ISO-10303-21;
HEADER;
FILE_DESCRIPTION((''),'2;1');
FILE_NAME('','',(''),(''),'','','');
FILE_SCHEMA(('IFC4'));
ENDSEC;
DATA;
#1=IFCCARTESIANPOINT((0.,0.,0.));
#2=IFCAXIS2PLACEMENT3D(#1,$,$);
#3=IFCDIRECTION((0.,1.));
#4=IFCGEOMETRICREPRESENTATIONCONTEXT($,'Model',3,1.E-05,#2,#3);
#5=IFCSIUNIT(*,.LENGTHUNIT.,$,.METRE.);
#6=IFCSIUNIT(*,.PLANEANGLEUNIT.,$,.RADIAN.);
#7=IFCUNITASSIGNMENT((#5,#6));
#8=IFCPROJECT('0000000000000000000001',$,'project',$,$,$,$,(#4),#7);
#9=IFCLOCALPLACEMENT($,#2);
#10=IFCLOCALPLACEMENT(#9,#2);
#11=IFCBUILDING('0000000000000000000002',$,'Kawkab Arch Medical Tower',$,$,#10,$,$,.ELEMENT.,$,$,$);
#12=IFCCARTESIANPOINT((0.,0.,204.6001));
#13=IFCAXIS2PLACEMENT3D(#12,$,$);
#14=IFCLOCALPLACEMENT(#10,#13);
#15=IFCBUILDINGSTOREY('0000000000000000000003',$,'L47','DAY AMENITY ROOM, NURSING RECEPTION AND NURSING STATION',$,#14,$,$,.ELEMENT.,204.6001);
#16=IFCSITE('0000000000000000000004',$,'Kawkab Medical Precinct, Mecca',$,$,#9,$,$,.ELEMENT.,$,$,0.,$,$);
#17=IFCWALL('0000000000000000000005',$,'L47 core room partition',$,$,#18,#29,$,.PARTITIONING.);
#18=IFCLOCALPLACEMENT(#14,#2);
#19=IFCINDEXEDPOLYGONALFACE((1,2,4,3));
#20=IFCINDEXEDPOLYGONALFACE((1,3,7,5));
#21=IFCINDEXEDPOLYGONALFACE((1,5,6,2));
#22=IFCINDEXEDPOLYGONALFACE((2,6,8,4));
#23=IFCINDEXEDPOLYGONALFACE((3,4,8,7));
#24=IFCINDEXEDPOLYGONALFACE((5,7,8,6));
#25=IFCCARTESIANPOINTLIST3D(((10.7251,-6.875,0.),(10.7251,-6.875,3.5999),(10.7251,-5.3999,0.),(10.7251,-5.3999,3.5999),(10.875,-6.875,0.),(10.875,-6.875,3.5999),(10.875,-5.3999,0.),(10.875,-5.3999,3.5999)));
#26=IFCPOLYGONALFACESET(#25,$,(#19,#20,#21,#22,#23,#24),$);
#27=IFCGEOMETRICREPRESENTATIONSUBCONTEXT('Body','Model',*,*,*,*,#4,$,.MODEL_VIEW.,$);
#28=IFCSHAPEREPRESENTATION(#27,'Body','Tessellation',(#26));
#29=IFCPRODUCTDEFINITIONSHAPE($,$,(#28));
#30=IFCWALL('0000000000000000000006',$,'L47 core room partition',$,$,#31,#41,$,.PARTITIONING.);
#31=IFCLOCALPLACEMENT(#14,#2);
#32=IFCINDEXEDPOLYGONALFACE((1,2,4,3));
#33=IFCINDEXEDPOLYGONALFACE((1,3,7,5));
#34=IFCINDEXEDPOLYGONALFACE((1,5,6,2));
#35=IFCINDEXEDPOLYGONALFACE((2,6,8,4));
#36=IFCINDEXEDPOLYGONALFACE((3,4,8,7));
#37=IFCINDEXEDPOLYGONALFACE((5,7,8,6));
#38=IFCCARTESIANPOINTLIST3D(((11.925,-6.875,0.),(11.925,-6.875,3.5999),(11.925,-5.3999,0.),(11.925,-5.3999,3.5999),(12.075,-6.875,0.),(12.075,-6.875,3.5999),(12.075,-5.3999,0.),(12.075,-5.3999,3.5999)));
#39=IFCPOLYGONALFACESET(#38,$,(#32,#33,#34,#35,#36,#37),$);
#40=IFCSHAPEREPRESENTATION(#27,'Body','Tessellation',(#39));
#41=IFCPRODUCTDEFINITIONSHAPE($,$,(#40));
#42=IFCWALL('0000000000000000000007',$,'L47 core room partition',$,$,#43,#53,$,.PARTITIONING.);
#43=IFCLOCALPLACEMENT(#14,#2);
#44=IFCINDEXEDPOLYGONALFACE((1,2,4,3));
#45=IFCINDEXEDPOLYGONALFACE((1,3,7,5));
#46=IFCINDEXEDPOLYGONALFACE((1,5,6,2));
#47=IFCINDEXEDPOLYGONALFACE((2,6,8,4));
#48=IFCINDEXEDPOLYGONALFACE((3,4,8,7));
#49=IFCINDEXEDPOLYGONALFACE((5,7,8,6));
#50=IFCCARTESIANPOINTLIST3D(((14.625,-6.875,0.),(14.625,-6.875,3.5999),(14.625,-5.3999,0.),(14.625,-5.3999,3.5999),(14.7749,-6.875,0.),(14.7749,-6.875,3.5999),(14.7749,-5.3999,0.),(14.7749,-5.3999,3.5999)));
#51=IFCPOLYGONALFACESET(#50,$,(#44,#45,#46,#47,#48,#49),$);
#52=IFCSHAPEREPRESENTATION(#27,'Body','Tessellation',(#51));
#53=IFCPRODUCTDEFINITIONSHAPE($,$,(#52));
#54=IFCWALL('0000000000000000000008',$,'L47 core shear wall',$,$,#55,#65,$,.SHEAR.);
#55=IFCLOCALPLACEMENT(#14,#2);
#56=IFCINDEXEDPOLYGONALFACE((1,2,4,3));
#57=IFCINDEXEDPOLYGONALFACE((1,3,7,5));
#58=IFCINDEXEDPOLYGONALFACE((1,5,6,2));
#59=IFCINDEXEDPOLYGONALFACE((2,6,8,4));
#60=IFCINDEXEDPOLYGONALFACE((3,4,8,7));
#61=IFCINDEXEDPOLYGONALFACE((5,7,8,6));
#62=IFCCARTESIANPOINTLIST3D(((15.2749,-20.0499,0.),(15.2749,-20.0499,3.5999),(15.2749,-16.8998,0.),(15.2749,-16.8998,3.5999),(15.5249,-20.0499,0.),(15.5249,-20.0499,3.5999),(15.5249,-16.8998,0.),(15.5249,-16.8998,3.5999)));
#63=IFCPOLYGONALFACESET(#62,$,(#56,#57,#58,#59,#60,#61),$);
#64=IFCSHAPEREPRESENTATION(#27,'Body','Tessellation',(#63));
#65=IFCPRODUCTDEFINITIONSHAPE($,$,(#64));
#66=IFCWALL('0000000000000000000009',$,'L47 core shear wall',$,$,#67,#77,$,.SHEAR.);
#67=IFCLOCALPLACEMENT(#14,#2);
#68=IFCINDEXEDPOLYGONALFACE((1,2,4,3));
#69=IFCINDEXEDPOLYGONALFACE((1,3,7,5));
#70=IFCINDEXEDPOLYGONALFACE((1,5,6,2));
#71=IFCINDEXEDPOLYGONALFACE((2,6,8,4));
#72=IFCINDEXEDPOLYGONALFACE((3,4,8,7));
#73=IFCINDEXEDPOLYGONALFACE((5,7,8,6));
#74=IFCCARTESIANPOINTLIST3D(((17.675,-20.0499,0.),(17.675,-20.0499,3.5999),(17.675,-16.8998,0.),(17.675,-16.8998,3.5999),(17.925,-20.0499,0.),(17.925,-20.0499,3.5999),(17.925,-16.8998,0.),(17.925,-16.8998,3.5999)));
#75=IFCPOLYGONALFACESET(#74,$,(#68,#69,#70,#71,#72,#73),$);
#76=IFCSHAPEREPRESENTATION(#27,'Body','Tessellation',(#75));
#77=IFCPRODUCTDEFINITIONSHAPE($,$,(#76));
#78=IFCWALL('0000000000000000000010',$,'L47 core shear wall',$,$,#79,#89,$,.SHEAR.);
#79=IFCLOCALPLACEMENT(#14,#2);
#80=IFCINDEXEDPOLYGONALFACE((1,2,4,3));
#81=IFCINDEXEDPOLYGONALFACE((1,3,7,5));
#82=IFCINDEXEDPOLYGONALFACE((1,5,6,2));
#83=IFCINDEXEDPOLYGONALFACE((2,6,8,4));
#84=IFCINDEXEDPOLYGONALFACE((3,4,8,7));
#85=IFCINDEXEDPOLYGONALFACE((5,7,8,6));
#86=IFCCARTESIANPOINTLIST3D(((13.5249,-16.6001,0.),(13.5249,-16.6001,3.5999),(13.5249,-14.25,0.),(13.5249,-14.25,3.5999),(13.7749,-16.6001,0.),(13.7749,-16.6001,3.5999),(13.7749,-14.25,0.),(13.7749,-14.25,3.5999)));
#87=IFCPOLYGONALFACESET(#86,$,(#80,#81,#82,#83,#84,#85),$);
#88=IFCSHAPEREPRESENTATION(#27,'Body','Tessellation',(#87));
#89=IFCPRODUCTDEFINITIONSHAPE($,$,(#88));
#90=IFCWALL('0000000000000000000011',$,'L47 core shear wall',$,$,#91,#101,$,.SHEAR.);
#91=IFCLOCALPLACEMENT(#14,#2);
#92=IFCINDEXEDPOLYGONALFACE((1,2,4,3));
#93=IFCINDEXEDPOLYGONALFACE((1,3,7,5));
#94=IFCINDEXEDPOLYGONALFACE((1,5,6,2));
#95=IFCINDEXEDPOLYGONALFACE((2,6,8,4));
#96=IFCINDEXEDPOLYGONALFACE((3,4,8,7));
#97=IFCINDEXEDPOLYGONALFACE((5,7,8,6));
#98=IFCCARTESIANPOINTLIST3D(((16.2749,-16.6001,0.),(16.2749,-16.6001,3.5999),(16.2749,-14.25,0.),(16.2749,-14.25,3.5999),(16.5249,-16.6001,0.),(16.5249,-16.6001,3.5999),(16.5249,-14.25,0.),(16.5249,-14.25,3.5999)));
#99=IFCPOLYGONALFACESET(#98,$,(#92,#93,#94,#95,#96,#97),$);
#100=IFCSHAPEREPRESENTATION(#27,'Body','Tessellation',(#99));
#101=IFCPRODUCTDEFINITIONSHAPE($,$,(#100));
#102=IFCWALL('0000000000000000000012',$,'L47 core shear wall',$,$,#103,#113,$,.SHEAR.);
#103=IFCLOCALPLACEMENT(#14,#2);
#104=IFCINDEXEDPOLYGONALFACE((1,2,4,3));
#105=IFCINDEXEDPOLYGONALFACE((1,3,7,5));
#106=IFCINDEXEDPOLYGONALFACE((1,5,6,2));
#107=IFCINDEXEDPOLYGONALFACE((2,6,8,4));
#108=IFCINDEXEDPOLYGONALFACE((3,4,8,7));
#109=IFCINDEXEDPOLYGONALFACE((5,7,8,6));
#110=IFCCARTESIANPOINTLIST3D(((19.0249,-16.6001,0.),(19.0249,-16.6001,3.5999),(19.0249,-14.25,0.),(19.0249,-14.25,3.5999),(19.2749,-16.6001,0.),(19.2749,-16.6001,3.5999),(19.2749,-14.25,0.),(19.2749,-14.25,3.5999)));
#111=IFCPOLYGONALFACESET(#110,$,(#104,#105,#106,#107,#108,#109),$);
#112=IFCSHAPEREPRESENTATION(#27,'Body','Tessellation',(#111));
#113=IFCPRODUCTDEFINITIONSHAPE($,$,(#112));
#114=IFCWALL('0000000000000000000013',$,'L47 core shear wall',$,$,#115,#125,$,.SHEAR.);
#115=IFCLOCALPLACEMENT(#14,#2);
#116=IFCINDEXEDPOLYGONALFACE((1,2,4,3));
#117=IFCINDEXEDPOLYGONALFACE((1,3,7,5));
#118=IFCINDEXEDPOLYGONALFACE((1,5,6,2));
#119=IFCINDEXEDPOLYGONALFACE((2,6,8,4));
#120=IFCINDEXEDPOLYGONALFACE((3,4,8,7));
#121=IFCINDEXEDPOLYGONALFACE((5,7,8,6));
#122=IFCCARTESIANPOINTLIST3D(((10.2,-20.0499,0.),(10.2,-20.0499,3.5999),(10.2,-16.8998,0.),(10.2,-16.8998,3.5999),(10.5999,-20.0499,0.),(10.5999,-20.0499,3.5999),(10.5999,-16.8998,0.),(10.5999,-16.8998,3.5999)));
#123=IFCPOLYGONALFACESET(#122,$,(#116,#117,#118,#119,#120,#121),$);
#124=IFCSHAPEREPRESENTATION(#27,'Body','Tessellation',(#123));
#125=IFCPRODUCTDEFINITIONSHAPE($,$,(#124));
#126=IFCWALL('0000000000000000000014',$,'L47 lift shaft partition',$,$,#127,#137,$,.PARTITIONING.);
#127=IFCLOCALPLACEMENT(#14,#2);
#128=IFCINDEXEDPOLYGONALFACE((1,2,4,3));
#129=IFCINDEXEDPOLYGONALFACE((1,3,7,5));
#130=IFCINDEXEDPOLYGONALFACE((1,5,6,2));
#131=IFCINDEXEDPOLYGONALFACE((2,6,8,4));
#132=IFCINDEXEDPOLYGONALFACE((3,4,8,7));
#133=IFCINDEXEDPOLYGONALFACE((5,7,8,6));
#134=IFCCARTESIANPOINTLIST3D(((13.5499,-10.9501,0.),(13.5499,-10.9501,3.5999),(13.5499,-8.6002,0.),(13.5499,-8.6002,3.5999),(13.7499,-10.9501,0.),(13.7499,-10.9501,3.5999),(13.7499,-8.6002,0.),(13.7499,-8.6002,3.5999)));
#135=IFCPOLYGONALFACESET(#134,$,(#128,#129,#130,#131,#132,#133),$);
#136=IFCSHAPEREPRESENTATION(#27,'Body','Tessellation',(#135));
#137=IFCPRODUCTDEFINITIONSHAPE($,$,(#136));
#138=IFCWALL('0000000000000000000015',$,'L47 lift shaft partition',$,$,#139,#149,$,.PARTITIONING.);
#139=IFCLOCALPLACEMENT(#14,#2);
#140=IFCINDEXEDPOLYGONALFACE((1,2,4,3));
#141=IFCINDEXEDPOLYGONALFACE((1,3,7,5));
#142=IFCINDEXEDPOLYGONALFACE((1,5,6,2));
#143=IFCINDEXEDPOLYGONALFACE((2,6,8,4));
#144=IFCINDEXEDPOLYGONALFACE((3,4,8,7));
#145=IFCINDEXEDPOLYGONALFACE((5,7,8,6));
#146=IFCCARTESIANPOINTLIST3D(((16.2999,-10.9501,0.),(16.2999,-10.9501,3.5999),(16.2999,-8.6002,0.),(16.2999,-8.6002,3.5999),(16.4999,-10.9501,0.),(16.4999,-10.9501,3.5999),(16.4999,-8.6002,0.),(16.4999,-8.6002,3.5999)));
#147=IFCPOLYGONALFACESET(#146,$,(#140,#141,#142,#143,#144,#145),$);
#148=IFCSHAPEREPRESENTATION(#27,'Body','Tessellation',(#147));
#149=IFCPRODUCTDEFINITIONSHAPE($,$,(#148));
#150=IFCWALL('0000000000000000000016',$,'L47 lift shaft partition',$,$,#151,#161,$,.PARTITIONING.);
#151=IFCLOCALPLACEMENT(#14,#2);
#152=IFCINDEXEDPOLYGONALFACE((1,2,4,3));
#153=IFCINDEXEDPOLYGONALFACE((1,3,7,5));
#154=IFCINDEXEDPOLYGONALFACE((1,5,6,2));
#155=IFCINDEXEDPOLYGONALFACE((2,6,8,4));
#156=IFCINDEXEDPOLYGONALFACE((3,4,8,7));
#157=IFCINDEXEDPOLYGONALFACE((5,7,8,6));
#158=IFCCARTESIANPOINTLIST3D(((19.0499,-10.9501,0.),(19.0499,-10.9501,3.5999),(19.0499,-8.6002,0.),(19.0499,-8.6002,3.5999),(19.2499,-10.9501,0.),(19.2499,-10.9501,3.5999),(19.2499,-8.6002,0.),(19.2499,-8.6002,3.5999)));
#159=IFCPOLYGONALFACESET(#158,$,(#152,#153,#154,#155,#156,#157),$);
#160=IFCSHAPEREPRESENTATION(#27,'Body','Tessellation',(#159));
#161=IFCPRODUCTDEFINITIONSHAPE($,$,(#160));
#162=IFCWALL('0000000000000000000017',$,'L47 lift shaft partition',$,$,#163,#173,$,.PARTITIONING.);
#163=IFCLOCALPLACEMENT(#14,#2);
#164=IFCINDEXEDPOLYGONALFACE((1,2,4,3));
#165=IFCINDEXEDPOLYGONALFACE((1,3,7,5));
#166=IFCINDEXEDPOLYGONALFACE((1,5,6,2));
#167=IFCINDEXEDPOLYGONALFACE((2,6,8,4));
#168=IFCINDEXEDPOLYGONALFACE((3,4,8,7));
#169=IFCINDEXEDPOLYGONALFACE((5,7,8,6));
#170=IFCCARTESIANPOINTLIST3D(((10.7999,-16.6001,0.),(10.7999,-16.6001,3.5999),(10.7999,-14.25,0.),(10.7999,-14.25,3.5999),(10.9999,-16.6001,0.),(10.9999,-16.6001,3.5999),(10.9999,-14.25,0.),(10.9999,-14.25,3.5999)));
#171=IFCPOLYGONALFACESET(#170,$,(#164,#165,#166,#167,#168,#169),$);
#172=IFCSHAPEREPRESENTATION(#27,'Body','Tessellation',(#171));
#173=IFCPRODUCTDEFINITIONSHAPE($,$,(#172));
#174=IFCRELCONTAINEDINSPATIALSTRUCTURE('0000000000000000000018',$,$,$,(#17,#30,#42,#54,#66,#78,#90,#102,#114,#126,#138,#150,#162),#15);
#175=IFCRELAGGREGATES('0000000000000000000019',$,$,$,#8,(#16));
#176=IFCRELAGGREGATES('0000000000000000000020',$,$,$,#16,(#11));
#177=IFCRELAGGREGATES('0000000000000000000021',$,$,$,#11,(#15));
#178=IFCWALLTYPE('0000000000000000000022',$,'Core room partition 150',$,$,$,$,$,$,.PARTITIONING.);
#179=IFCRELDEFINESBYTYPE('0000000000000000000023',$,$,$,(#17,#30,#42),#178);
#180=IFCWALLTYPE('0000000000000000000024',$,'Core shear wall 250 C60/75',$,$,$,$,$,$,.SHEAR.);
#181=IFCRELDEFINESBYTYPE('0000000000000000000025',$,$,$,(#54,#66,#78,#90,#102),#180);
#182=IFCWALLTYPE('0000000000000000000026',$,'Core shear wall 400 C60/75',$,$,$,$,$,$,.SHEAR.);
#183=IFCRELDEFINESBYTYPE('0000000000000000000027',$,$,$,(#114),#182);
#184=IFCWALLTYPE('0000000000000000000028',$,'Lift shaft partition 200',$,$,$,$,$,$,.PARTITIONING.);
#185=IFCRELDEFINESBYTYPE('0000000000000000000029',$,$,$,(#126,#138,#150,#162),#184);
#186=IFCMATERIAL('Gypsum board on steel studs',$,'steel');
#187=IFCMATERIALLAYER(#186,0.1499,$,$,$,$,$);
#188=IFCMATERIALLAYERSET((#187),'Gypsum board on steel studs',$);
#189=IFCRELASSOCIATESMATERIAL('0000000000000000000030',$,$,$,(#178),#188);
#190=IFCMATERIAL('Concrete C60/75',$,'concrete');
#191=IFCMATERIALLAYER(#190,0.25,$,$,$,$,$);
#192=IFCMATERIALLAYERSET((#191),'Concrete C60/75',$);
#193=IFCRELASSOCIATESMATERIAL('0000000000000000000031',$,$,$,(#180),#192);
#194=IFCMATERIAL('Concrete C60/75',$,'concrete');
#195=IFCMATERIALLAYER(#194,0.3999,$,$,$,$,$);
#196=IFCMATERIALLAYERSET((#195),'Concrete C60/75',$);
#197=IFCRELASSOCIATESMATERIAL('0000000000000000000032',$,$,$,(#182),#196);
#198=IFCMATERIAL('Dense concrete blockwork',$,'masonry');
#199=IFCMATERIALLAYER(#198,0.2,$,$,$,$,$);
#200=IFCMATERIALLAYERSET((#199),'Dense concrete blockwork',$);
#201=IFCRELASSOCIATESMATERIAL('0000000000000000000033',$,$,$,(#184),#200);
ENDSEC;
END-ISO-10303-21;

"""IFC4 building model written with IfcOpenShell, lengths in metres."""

from ifc_helpers import new_model, si_unit, direction, frame, frame_2d, origin, place, context, subcontext, project, spatial, rectangle, extrude, material, layer, layer_set, type_object, element, save


model = new_model("IFC4")

# Units and contexts
model_context = context("Model", 3, precision=1e-05, world=origin(), true_north=direction((0.0, 1.0)))
body_context = subcontext(model_context, "Body", "Model", "MODEL_VIEW")
ifc_project = project(units=[si_unit("LENGTHUNIT", "METRE"), si_unit("PLANEANGLEUNIT", "RADIAN")], contexts=[model_context])

# Site, building, storey
site_placement = place(None, origin())
site = spatial("IfcSite", under=ifc_project, at=site_placement, Name="Kawkab Medical Precinct, Mecca", CompositionType="ELEMENT", RefElevation=0.0)
building_placement = place(site_placement, origin())
building = spatial("IfcBuilding", under=site, at=building_placement, Name="Kawkab Arch Medical Tower", CompositionType="ELEMENT")
storey_placement = place(building_placement, frame((0.0, 0.0, 204.6001)))
storey = spatial("IfcBuildingStorey", under=building, at=storey_placement, Name="L47", Description="DAY AMENITY ROOM, NURSING RECEPTION AND NURSING STATION", CompositionType="ELEMENT", Elevation=204.6001)

# Walls
ifc_material_1 = material(Name="Gypsum board on steel studs", Category="steel")
ifc_layer_1 = layer(ifc_material_1, 0.1499)
ifc_layer_set_1 = layer_set([ifc_layer_1], Name="Gypsum board on steel studs")
wall_type_1 = type_object("IfcWallType", Name="Core room partition 150", PredefinedType="PARTITIONING", material=ifc_layer_set_1)
for number, where, z_axis, x_axis, name in (
    (1, (10.8, -6.875, 0.0), (0.0, 0.0, 1.0), (0.0, 1.0, 0.0), "L47 core room partition"),
    (2, (12.0, -6.875, 0.0), (0.0, 0.0, 1.0), (0.0, 1.0, 0.0), "L47 core room partition"),
    (3, (14.7, -6.875, 0.0), (0.0, 0.0, 1.0), (0.0, 1.0, 0.0), "L47 core room partition"),
):
    element("IfcWall", number, at=place(storey_placement, frame(where, z_axis=z_axis, x_axis=x_axis)), inside=storey, type_object=wall_type_1, Name=name, PredefinedType="PARTITIONING", context=body_context, shape_type="SweptSolid", body=[
        extrude(rectangle(XDim=1.4751, YDim=0.1499, at=frame_2d((0.7375, 0.0))), origin(), (0.0, 0.0, 1.0), 3.5999),
    ])
ifc_material_2 = material(Name="Concrete C60/75", Category="concrete")
ifc_layer_2 = layer(ifc_material_2, 0.25)
ifc_layer_set_2 = layer_set([ifc_layer_2], Name="Concrete C60/75")
wall_type_2 = type_object("IfcWallType", Name="Core shear wall 250 C60/75", PredefinedType="SHEAR", material=ifc_layer_set_2)
for number, where, z_axis, x_axis, name in (
    (4, (15.3999, -20.05, 0.0), (0.0, 0.0, 1.0), (0.0, 1.0, 0.0), "L47 core shear wall"),
    (5, (17.8, -20.05, 0.0), (0.0, 0.0, 1.0), (0.0, 1.0, 0.0), "L47 core shear wall"),
):
    element("IfcWall", number, at=place(storey_placement, frame(where, z_axis=z_axis, x_axis=x_axis)), inside=storey, type_object=wall_type_2, Name=name, PredefinedType="SHEAR", context=body_context, shape_type="SweptSolid", body=[
        extrude(rectangle(XDim=3.1501, YDim=0.25, at=frame_2d((1.5752, 0.0))), origin(), (0.0, 0.0, 1.0), 3.5999),
    ])
for number, where, z_axis, x_axis, name in (
    (6, (13.6499, -16.6001, 0.0), (0.0, 0.0, 1.0), (0.0, 1.0, 0.0), "L47 core shear wall"),
    (7, (16.3999, -16.6001, 0.0), (0.0, 0.0, 1.0), (0.0, 1.0, 0.0), "L47 core shear wall"),
    (8, (19.1499, -16.6001, 0.0), (0.0, 0.0, 1.0), (0.0, 1.0, 0.0), "L47 core shear wall"),
):
    element("IfcWall", number, at=place(storey_placement, frame(where, z_axis=z_axis, x_axis=x_axis)), inside=storey, type_object=wall_type_2, Name=name, PredefinedType="SHEAR", context=body_context, shape_type="SweptSolid", body=[
        extrude(rectangle(XDim=2.3501, YDim=0.25, at=frame_2d((1.175, 0.0))), origin(), (0.0, 0.0, 1.0), 3.5999),
    ])
ifc_material_3 = material(Name="Concrete C60/75", Category="concrete")
ifc_layer_3 = layer(ifc_material_3, 0.3999)
ifc_layer_set_3 = layer_set([ifc_layer_3], Name="Concrete C60/75")
wall_type_3 = type_object("IfcWallType", Name="Core shear wall 400 C60/75", PredefinedType="SHEAR", material=ifc_layer_set_3)
wall_1_placement = place(storey_placement, frame((10.3999, -20.05, 0.0), z_axis=(0.0, 0.0, 1.0), x_axis=(0.0, 1.0, 0.0)))
element("IfcWall", 9, at=wall_1_placement, inside=storey, type_object=wall_type_3, Name="L47 core shear wall", PredefinedType="SHEAR", context=body_context, shape_type="SweptSolid", body=[
    extrude(rectangle(XDim=3.1501, YDim=0.3999, at=frame_2d((1.5752, 0.0))), origin(), (0.0, 0.0, 1.0), 3.5999),
])
ifc_material_4 = material(Name="Dense concrete blockwork", Category="masonry")
ifc_layer_4 = layer(ifc_material_4, 0.2)
ifc_layer_set_4 = layer_set([ifc_layer_4], Name="Dense concrete blockwork")
wall_type_4 = type_object("IfcWallType", Name="Lift shaft partition 200", PredefinedType="PARTITIONING", material=ifc_layer_set_4)
for number, where, z_axis, x_axis, name in (
    (10, (13.6499, -10.95, 0.0), (0.0, 0.0, 1.0), (0.0, 1.0, 0.0), "L47 lift shaft partition"),
    (11, (16.3999, -10.95, 0.0), (0.0, 0.0, 1.0), (0.0, 1.0, 0.0), "L47 lift shaft partition"),
    (12, (19.1499, -10.95, 0.0), (0.0, 0.0, 1.0), (0.0, 1.0, 0.0), "L47 lift shaft partition"),
):
    element("IfcWall", number, at=place(storey_placement, frame(where, z_axis=z_axis, x_axis=x_axis)), inside=storey, type_object=wall_type_4, Name=name, PredefinedType="PARTITIONING", context=body_context, shape_type="SweptSolid", body=[
        extrude(rectangle(XDim=2.3499, YDim=0.2, at=frame_2d((1.1748, 0.0))), origin(), (0.0, 0.0, 1.0), 3.5999),
    ])
wall_2_placement = place(storey_placement, frame((10.8999, -16.6001, 0.0), z_axis=(0.0, 0.0, 1.0), x_axis=(0.0, 1.0, 0.0)))
element("IfcWall", 13, at=wall_2_placement, inside=storey, type_object=wall_type_4, Name="L47 lift shaft partition", PredefinedType="PARTITIONING", context=body_context, shape_type="SweptSolid", body=[
    extrude(rectangle(XDim=2.3501, YDim=0.2, at=frame_2d((1.175, 0.0))), origin(), (0.0, 0.0, 1.0), 3.5999),
])

save(model, "model.ifc")
